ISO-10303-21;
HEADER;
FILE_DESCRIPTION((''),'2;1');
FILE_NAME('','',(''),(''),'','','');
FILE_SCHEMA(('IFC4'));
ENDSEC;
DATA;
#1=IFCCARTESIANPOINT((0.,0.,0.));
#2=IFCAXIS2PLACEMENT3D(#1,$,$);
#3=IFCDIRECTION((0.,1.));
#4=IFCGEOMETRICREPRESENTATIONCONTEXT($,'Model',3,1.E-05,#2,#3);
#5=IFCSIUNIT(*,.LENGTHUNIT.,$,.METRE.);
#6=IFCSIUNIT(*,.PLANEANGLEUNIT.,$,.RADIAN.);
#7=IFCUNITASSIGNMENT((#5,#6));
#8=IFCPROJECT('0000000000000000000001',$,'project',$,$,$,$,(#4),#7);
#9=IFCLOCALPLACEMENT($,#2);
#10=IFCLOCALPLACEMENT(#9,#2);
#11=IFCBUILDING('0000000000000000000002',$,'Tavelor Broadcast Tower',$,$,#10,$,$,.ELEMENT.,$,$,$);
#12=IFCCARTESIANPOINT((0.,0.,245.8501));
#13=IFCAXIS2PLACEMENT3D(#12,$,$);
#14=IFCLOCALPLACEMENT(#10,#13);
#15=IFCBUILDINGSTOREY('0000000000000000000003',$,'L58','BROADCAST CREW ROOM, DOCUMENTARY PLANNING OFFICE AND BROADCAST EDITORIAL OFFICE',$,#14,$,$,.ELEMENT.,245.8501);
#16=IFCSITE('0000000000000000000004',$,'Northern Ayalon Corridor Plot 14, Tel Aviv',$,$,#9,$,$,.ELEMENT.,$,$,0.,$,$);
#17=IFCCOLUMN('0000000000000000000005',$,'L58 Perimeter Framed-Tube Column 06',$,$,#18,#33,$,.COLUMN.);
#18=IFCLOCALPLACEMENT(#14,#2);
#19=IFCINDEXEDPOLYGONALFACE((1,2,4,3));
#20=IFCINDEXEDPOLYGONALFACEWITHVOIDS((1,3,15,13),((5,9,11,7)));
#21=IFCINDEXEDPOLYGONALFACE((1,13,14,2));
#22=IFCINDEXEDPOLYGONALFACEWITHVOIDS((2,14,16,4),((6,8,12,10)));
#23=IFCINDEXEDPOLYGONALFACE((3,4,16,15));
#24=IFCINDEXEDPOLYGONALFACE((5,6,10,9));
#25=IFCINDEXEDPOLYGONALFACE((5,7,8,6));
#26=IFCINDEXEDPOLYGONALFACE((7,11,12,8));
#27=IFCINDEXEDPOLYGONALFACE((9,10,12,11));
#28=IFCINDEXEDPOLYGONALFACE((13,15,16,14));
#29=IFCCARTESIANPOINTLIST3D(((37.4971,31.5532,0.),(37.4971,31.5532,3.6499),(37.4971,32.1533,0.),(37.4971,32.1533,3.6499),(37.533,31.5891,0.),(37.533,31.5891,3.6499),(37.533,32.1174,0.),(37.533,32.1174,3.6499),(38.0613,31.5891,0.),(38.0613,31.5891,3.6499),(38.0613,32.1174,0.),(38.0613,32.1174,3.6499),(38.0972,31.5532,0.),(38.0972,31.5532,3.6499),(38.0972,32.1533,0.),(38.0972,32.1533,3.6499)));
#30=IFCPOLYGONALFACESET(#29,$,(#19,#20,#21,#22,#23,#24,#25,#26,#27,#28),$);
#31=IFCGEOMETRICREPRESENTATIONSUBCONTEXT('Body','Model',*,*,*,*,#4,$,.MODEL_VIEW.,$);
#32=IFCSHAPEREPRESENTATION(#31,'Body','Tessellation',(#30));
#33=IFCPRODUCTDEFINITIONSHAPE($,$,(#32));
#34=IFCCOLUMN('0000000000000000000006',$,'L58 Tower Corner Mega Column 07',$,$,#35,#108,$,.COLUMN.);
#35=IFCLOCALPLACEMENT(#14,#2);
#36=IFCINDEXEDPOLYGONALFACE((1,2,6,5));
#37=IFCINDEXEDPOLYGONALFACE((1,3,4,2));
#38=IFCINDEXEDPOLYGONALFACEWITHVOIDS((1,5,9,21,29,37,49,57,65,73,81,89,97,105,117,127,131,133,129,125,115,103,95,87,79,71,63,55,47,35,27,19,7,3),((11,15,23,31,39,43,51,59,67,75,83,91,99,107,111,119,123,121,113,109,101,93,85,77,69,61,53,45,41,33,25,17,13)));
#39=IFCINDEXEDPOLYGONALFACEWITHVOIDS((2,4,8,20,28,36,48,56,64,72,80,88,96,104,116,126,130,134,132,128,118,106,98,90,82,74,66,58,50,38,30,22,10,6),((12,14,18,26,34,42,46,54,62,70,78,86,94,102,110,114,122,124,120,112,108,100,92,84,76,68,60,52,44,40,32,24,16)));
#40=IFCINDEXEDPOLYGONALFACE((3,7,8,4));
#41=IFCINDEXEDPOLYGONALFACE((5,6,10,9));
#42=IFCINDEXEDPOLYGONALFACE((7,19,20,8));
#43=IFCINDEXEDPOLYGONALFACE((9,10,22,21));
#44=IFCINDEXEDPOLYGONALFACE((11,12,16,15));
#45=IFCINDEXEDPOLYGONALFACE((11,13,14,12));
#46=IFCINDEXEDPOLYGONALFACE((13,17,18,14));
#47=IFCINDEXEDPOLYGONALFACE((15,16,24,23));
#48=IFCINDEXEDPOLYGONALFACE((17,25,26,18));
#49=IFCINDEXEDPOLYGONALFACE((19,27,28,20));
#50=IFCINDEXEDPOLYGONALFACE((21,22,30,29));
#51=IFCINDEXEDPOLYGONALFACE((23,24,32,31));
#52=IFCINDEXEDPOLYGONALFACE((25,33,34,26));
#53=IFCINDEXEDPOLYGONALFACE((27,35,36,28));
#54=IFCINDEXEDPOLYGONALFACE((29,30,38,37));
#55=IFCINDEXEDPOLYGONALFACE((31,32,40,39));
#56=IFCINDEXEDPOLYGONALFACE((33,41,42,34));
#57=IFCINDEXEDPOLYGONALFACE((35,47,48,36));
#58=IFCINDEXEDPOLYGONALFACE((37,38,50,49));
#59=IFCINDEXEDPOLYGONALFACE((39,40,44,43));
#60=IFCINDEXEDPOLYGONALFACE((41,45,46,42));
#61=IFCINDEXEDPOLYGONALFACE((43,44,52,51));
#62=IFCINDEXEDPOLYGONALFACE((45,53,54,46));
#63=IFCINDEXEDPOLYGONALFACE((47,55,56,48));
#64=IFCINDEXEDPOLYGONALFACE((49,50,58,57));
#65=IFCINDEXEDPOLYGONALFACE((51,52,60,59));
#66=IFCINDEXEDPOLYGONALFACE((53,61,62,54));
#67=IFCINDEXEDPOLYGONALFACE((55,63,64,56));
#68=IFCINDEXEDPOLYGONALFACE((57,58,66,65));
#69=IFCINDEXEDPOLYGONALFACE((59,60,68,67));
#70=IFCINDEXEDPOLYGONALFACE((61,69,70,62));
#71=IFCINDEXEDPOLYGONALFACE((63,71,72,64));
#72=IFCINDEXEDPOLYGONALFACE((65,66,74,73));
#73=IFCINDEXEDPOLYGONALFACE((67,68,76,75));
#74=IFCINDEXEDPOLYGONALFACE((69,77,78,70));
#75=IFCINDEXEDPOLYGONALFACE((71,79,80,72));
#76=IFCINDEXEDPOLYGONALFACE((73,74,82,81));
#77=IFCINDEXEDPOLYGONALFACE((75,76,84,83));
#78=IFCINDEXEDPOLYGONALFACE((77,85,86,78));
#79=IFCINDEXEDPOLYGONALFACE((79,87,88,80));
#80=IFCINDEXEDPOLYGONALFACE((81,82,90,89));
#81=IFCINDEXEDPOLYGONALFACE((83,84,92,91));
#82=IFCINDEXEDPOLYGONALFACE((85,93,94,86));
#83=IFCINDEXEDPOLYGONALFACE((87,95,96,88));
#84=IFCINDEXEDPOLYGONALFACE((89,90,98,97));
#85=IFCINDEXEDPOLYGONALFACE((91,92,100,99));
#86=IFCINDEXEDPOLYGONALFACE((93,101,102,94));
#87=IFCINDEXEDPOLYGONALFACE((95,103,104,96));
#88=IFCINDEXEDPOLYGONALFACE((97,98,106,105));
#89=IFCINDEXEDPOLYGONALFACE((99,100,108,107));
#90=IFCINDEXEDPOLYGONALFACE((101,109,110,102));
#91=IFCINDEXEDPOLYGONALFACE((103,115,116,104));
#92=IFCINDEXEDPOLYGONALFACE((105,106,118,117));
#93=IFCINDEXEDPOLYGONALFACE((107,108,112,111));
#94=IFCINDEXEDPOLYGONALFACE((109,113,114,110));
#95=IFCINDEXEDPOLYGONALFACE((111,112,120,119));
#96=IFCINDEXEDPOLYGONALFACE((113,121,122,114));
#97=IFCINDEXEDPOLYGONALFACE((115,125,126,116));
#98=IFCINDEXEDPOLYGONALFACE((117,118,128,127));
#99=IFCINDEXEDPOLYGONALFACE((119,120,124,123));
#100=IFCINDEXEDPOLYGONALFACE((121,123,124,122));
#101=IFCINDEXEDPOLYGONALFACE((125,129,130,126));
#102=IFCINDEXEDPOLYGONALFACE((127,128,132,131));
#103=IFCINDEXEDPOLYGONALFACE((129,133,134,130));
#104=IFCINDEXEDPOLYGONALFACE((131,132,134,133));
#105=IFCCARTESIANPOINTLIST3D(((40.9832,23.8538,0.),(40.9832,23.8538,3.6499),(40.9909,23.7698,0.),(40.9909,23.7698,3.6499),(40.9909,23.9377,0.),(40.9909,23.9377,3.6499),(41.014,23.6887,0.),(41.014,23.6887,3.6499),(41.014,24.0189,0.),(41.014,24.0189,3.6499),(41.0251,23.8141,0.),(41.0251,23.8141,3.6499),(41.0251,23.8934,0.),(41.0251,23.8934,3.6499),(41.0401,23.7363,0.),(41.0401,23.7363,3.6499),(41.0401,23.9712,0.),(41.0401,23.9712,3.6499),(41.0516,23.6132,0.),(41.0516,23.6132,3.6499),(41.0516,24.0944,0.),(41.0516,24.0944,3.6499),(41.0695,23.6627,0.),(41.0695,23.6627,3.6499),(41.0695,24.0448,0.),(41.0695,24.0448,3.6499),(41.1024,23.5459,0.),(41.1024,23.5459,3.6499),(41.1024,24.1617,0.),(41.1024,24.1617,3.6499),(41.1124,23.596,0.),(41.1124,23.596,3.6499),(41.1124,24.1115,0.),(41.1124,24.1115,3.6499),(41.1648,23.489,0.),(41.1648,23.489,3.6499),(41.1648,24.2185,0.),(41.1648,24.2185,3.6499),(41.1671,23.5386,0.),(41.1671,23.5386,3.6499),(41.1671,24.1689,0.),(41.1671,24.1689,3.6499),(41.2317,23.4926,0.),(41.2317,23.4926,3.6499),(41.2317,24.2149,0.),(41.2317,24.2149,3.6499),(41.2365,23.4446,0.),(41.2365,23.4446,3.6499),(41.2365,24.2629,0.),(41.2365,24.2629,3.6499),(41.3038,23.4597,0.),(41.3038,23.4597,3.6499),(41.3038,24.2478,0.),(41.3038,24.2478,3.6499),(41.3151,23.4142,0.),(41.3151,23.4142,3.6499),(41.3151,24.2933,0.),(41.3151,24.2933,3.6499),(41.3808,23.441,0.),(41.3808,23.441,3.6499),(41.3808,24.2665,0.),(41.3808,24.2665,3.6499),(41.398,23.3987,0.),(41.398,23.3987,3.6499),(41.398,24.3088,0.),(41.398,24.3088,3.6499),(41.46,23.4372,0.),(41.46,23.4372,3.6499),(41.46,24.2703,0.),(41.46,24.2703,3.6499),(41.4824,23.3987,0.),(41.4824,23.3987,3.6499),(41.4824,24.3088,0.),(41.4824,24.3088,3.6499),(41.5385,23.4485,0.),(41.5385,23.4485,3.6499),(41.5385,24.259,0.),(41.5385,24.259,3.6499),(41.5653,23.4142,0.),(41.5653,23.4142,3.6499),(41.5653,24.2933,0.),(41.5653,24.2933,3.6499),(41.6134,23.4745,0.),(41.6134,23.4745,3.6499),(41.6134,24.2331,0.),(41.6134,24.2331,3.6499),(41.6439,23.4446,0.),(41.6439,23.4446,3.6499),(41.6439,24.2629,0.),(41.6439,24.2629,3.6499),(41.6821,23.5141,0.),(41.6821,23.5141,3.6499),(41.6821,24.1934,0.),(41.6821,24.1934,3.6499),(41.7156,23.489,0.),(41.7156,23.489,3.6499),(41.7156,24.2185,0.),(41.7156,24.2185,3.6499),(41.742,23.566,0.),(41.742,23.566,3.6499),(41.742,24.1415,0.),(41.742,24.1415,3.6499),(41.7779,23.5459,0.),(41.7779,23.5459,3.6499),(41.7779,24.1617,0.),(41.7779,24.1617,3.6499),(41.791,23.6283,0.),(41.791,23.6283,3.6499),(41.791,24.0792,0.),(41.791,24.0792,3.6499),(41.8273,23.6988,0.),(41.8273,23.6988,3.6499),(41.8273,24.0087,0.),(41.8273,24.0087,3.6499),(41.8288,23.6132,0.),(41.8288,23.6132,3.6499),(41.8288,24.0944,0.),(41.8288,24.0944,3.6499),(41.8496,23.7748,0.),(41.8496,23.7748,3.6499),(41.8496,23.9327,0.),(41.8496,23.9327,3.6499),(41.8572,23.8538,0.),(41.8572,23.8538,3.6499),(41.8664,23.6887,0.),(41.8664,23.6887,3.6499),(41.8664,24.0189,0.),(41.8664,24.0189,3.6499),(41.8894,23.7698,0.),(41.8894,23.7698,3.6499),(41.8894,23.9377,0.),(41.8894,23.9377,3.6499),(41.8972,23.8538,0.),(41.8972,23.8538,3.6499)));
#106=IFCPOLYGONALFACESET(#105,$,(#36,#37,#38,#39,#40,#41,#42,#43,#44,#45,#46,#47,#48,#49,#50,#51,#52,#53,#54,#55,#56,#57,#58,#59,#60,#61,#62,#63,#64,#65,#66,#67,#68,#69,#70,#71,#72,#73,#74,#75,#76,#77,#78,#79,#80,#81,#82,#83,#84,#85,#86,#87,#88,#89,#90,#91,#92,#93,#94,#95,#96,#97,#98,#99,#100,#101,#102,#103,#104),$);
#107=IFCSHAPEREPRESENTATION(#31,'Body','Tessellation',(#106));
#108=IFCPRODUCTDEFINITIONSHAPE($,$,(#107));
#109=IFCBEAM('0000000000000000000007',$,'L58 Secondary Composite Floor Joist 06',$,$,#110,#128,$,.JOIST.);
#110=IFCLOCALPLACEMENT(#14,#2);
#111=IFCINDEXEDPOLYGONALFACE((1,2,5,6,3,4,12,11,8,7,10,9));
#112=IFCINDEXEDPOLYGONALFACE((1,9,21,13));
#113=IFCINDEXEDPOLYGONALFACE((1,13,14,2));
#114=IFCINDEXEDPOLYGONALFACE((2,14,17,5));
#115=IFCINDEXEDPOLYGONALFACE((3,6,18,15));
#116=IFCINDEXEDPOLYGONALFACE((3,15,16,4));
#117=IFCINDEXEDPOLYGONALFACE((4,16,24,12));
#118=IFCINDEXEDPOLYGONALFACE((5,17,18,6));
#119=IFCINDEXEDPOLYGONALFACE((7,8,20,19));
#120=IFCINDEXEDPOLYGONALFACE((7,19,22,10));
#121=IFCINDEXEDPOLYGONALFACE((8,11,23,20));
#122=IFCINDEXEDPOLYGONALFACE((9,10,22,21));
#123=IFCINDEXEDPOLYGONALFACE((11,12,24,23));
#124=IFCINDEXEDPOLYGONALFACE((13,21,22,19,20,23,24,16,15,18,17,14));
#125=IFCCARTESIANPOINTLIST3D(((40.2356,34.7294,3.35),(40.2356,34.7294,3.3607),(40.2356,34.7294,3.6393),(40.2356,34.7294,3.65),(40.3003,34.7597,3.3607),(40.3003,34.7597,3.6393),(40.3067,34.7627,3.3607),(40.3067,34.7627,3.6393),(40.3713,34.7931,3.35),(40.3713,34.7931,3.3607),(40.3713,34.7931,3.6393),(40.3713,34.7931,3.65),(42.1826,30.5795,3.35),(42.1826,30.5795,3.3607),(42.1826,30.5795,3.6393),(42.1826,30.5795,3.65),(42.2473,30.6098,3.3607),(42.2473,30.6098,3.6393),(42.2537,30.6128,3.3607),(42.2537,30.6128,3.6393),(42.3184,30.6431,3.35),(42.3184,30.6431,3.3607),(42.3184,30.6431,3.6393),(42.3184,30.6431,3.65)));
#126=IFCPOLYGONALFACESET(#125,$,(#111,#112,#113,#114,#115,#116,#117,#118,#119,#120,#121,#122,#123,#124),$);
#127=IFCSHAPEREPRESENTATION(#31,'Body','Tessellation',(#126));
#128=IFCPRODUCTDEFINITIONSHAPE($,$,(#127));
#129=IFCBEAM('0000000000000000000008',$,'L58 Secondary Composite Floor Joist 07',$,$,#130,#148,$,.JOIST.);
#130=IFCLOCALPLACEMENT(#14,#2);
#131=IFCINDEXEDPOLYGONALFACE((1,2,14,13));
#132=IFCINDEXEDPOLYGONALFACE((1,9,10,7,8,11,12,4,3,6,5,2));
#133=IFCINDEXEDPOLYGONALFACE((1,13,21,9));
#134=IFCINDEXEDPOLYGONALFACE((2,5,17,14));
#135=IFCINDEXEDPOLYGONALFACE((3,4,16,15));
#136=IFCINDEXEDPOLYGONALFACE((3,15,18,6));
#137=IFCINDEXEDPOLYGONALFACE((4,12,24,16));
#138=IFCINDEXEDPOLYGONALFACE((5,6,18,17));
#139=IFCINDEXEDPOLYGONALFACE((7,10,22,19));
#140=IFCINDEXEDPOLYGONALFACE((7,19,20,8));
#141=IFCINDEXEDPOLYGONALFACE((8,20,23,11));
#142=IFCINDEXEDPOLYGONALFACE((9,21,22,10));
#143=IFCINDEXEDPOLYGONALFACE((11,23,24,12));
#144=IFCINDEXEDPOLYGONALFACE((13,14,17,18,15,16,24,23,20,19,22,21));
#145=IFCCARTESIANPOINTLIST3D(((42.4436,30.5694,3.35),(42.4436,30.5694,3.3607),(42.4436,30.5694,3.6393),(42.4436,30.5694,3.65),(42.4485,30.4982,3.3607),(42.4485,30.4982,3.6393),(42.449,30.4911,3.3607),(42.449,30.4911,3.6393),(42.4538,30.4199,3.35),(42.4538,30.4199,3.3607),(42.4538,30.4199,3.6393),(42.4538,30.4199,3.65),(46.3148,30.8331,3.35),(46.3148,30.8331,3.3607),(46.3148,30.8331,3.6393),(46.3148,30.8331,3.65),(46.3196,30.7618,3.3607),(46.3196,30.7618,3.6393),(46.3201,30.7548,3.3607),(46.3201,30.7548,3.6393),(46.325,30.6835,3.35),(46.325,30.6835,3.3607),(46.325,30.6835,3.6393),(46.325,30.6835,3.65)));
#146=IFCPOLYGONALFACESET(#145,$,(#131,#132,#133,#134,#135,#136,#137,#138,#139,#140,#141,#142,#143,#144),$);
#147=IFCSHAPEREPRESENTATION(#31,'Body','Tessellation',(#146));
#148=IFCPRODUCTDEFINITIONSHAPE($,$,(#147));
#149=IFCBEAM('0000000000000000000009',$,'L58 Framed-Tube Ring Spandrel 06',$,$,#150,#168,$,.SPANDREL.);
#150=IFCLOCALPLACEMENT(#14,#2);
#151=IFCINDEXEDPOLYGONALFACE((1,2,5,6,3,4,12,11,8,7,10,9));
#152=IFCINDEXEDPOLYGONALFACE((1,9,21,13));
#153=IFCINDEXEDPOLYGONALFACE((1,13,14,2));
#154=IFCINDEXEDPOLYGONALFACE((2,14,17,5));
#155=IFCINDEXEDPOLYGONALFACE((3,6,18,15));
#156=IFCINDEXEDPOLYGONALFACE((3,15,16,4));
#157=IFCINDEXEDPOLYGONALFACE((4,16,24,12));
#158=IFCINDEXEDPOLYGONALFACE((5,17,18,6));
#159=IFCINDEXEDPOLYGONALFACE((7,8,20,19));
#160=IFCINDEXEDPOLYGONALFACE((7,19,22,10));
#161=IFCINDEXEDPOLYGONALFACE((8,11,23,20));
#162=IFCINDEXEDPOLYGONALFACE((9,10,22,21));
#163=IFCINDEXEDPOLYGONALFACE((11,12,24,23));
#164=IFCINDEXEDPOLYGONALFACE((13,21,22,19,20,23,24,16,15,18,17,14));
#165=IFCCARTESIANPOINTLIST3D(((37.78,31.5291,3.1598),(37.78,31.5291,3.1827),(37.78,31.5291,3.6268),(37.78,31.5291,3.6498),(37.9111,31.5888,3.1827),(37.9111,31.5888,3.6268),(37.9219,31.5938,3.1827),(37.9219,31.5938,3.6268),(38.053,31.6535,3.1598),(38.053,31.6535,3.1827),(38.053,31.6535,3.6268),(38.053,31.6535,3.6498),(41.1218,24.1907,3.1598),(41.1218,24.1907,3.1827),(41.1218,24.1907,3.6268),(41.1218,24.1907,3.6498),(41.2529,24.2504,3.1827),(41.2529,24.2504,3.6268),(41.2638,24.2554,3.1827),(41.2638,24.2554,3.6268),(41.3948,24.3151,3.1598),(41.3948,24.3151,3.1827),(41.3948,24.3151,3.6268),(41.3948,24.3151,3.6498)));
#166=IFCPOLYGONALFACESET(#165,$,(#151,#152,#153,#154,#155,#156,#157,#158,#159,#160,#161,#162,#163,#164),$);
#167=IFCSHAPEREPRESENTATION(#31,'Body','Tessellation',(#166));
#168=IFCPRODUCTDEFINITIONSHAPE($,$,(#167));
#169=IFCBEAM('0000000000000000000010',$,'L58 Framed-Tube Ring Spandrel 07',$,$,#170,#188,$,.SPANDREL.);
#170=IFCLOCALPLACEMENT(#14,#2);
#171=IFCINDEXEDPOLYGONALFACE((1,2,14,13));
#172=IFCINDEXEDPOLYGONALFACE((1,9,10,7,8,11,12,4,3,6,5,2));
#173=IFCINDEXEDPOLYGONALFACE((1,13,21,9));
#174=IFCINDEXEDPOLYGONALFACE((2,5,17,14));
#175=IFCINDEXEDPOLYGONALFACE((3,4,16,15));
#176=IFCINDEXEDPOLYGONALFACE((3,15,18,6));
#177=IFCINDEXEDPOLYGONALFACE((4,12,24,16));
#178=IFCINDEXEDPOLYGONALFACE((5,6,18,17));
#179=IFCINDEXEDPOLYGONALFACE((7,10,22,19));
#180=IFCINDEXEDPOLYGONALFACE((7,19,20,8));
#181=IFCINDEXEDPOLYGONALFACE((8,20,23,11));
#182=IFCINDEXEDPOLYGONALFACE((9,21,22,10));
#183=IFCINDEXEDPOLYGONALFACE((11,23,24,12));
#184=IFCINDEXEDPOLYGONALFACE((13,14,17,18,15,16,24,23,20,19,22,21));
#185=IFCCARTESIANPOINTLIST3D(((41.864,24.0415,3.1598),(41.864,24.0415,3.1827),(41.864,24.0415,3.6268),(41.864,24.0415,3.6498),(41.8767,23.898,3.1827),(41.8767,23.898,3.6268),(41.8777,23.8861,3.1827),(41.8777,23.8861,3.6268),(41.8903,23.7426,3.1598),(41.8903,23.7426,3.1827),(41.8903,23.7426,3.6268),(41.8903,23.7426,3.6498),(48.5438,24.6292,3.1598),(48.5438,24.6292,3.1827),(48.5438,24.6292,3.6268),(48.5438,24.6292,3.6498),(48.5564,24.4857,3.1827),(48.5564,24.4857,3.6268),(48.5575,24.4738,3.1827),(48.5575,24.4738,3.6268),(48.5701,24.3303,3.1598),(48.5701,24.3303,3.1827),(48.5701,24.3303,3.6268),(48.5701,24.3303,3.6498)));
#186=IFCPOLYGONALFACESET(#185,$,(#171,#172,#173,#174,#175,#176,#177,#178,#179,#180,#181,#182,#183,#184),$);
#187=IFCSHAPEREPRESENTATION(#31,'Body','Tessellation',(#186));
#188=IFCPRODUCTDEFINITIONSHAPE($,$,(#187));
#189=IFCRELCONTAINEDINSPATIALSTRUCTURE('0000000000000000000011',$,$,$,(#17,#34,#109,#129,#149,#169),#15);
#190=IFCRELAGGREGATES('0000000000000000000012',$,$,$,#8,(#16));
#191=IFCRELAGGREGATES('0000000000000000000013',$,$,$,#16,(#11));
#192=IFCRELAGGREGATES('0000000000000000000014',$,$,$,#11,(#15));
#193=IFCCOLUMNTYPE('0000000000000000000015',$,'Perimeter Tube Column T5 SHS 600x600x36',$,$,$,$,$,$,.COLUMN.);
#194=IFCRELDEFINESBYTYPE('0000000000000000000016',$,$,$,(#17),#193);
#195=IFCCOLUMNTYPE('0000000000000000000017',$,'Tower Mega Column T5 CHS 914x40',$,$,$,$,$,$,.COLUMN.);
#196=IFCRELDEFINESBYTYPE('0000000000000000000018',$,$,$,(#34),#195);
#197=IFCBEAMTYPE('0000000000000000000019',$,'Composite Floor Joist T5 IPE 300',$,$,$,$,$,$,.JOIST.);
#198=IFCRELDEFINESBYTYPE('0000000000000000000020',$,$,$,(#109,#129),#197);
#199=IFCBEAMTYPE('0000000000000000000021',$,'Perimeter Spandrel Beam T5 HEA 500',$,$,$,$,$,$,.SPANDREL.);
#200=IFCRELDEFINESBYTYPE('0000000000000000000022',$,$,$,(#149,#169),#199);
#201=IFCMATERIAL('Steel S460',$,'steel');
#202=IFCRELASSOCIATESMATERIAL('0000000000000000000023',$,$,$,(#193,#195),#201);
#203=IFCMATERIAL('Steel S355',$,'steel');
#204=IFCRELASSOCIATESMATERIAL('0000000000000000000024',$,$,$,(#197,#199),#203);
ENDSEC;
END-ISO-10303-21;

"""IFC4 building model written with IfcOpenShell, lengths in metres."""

from ifc_helpers import new_model, si_unit, direction, frame, origin, origin_2d, place, context, subcontext, project, spatial, hollow_rectangle, hollow_circle, i_section, extrude, material, material_profile, profile_set, type_object, element, save


model = new_model("IFC4")

# Units and contexts
model_context = context("Model", 3, precision=1e-05, world=origin(), true_north=direction((0.0, 1.0)))
body_context = subcontext(model_context, "Body", "Model", "MODEL_VIEW")
ifc_project = project(units=[si_unit("LENGTHUNIT", "METRE"), si_unit("PLANEANGLEUNIT", "RADIAN")], contexts=[model_context])

# Site, building, storey
site_placement = place(None, origin())
site = spatial("IfcSite", under=ifc_project, at=site_placement, Name="Northern Ayalon Corridor Plot 14, Tel Aviv", CompositionType="ELEMENT", RefElevation=0.0)
building_placement = place(site_placement, origin())
building = spatial("IfcBuilding", under=site, at=building_placement, Name="Tavelor Broadcast Tower", CompositionType="ELEMENT")
storey_placement = place(building_placement, frame((0.0, 0.0, 245.8501)))
storey = spatial("IfcBuildingStorey", under=building, at=storey_placement, Name="L58", Description="BROADCAST CREW ROOM, DOCUMENTARY PLANNING OFFICE AND BROADCAST EDITORIAL OFFICE", CompositionType="ELEMENT", Elevation=245.8501)

# Columns
ifc_material_1 = material(Name="Steel S460", Category="steel")
ifc_material_profile_1 = material_profile(ifc_material_1, hollow_rectangle(XDim=0.6001, YDim=0.6001, WallThickness=0.0359, at=origin_2d()), Name="SHS 600x600x36")
ifc_profile_set_1 = profile_set([ifc_material_profile_1], Name="Steel S460")
column_type_1 = type_object("IfcColumnType", Name="Perimeter Tube Column T5 SHS 600x600x36", PredefinedType="COLUMN", material=ifc_profile_set_1)
column_1_placement = place(storey_placement, frame((37.7971, 31.8533, 0.0), z_axis=(0.0, 0.0, 1.0), x_axis=(1.0, 0.0, 0.0)))
element("IfcColumn", 1, at=column_1_placement, inside=storey, type_object=column_type_1, Name="L58 Perimeter Framed-Tube Column 06", PredefinedType="COLUMN", context=body_context, shape_type="SweptSolid", body=[
    extrude(hollow_rectangle(XDim=0.6001, YDim=0.6001, WallThickness=0.0359, at=origin_2d()), origin(), (0.0, 0.0, 1.0), 3.6499),
])
ifc_material_profile_2 = material_profile(ifc_material_1, hollow_circle(Radius=0.457, WallThickness=0.04, at=origin_2d()), Name="CHS 914x40")
ifc_profile_set_2 = profile_set([ifc_material_profile_2], Name="Steel S460")
column_type_2 = type_object("IfcColumnType", Name="Tower Mega Column T5 CHS 914x40", PredefinedType="COLUMN", material=ifc_profile_set_2)
column_2_placement = place(storey_placement, frame((41.4402, 23.8538, 0.0), z_axis=(0.0, 0.0, 1.0), x_axis=(1.0, 0.0, 0.0)))
element("IfcColumn", 2, at=column_2_placement, inside=storey, type_object=column_type_2, Name="L58 Tower Corner Mega Column 07", PredefinedType="COLUMN", context=body_context, shape_type="SweptSolid", body=[
    extrude(hollow_circle(Radius=0.457, WallThickness=0.04, at=origin_2d()), origin(), (0.0, 0.0, 1.0), 3.6499),
])

# Beams
ifc_material_2 = material(Name="Steel S355", Category="steel")
ifc_material_profile_3 = material_profile(ifc_material_2, i_section(OverallWidth=0.1499, OverallDepth=0.3, WebThickness=0.0071, FlangeThickness=0.0107, at=origin_2d()), Name="IPE 300")
ifc_profile_set_3 = profile_set([ifc_material_profile_3], Name="Steel S355")
beam_type_1 = type_object("IfcBeamType", Name="Composite Floor Joist T5 IPE 300", PredefinedType="JOIST", material=ifc_profile_set_3)
beam_1_placement = place(storey_placement, frame((40.3035, 34.7612, 3.5), z_axis=(0.424748, -0.905312, 0.0), x_axis=(0.905312, 0.424748, 0.0)))
element("IfcBeam", 3, at=beam_1_placement, inside=storey, type_object=beam_type_1, Name="L58 Secondary Composite Floor Joist 06", PredefinedType="JOIST", context=body_context, shape_type="SweptSolid", body=[
    extrude(i_section(OverallWidth=0.1499, OverallDepth=0.3, WebThickness=0.0071, FlangeThickness=0.0107, at=origin_2d()), origin(), (0.0, 0.0, 1.0), 4.584),
])
beam_2_placement = place(storey_placement, frame((42.4487, 30.4946, 3.5), z_axis=(0.997688, 0.067956, 0.0), x_axis=(-0.067956, 0.997688, 0.0)))
element("IfcBeam", 4, at=beam_2_placement, inside=storey, type_object=beam_type_1, Name="L58 Secondary Composite Floor Joist 07", PredefinedType="JOIST", context=body_context, shape_type="SweptSolid", body=[
    extrude(i_section(OverallWidth=0.1499, OverallDepth=0.3, WebThickness=0.0071, FlangeThickness=0.0107, at=origin_2d()), origin(), (0.0, 0.0, 1.0), 3.8801),
])
ifc_material_profile_4 = material_profile(ifc_material_2, i_section(OverallWidth=0.3, OverallDepth=0.49, WebThickness=0.012, FlangeThickness=0.0229, at=origin_2d()), Name="HEA 500")
ifc_profile_set_4 = profile_set([ifc_material_profile_4], Name="Steel S355")
beam_type_2 = type_object("IfcBeamType", Name="Perimeter Spandrel Beam T5 HEA 500", PredefinedType="SPANDREL", material=ifc_profile_set_4)
beam_3_placement = place(storey_placement, frame((37.9165, 31.5913, 3.4048), z_axis=(0.414437, -0.910078, 0.0), x_axis=(0.910078, 0.414437, 0.0)))
element("IfcBeam", 5, at=beam_3_placement, inside=storey, type_object=beam_type_2, Name="L58 Framed-Tube Ring Spandrel 06", PredefinedType="SPANDREL", context=body_context, shape_type="SweptSolid", body=[
    extrude(i_section(OverallWidth=0.3, OverallDepth=0.49, WebThickness=0.012, FlangeThickness=0.0229, at=origin_2d()), origin(), (0.0, 0.0, 1.0), 8.0635),
])
beam_4_placement = place(storey_placement, frame((41.8772, 23.8921, 3.4048), z_axis=(0.996153, 0.087637, 0.0), x_axis=(-0.087637, 0.996153, 0.0)))
element("IfcBeam", 6, at=beam_4_placement, inside=storey, type_object=beam_type_2, Name="L58 Framed-Tube Ring Spandrel 07", PredefinedType="SPANDREL", context=body_context, shape_type="SweptSolid", body=[
    extrude(i_section(OverallWidth=0.3, OverallDepth=0.49, WebThickness=0.012, FlangeThickness=0.0229, at=origin_2d()), origin(), (0.0, 0.0, 1.0), 6.7056),
])

save(model, "model.ifc")
